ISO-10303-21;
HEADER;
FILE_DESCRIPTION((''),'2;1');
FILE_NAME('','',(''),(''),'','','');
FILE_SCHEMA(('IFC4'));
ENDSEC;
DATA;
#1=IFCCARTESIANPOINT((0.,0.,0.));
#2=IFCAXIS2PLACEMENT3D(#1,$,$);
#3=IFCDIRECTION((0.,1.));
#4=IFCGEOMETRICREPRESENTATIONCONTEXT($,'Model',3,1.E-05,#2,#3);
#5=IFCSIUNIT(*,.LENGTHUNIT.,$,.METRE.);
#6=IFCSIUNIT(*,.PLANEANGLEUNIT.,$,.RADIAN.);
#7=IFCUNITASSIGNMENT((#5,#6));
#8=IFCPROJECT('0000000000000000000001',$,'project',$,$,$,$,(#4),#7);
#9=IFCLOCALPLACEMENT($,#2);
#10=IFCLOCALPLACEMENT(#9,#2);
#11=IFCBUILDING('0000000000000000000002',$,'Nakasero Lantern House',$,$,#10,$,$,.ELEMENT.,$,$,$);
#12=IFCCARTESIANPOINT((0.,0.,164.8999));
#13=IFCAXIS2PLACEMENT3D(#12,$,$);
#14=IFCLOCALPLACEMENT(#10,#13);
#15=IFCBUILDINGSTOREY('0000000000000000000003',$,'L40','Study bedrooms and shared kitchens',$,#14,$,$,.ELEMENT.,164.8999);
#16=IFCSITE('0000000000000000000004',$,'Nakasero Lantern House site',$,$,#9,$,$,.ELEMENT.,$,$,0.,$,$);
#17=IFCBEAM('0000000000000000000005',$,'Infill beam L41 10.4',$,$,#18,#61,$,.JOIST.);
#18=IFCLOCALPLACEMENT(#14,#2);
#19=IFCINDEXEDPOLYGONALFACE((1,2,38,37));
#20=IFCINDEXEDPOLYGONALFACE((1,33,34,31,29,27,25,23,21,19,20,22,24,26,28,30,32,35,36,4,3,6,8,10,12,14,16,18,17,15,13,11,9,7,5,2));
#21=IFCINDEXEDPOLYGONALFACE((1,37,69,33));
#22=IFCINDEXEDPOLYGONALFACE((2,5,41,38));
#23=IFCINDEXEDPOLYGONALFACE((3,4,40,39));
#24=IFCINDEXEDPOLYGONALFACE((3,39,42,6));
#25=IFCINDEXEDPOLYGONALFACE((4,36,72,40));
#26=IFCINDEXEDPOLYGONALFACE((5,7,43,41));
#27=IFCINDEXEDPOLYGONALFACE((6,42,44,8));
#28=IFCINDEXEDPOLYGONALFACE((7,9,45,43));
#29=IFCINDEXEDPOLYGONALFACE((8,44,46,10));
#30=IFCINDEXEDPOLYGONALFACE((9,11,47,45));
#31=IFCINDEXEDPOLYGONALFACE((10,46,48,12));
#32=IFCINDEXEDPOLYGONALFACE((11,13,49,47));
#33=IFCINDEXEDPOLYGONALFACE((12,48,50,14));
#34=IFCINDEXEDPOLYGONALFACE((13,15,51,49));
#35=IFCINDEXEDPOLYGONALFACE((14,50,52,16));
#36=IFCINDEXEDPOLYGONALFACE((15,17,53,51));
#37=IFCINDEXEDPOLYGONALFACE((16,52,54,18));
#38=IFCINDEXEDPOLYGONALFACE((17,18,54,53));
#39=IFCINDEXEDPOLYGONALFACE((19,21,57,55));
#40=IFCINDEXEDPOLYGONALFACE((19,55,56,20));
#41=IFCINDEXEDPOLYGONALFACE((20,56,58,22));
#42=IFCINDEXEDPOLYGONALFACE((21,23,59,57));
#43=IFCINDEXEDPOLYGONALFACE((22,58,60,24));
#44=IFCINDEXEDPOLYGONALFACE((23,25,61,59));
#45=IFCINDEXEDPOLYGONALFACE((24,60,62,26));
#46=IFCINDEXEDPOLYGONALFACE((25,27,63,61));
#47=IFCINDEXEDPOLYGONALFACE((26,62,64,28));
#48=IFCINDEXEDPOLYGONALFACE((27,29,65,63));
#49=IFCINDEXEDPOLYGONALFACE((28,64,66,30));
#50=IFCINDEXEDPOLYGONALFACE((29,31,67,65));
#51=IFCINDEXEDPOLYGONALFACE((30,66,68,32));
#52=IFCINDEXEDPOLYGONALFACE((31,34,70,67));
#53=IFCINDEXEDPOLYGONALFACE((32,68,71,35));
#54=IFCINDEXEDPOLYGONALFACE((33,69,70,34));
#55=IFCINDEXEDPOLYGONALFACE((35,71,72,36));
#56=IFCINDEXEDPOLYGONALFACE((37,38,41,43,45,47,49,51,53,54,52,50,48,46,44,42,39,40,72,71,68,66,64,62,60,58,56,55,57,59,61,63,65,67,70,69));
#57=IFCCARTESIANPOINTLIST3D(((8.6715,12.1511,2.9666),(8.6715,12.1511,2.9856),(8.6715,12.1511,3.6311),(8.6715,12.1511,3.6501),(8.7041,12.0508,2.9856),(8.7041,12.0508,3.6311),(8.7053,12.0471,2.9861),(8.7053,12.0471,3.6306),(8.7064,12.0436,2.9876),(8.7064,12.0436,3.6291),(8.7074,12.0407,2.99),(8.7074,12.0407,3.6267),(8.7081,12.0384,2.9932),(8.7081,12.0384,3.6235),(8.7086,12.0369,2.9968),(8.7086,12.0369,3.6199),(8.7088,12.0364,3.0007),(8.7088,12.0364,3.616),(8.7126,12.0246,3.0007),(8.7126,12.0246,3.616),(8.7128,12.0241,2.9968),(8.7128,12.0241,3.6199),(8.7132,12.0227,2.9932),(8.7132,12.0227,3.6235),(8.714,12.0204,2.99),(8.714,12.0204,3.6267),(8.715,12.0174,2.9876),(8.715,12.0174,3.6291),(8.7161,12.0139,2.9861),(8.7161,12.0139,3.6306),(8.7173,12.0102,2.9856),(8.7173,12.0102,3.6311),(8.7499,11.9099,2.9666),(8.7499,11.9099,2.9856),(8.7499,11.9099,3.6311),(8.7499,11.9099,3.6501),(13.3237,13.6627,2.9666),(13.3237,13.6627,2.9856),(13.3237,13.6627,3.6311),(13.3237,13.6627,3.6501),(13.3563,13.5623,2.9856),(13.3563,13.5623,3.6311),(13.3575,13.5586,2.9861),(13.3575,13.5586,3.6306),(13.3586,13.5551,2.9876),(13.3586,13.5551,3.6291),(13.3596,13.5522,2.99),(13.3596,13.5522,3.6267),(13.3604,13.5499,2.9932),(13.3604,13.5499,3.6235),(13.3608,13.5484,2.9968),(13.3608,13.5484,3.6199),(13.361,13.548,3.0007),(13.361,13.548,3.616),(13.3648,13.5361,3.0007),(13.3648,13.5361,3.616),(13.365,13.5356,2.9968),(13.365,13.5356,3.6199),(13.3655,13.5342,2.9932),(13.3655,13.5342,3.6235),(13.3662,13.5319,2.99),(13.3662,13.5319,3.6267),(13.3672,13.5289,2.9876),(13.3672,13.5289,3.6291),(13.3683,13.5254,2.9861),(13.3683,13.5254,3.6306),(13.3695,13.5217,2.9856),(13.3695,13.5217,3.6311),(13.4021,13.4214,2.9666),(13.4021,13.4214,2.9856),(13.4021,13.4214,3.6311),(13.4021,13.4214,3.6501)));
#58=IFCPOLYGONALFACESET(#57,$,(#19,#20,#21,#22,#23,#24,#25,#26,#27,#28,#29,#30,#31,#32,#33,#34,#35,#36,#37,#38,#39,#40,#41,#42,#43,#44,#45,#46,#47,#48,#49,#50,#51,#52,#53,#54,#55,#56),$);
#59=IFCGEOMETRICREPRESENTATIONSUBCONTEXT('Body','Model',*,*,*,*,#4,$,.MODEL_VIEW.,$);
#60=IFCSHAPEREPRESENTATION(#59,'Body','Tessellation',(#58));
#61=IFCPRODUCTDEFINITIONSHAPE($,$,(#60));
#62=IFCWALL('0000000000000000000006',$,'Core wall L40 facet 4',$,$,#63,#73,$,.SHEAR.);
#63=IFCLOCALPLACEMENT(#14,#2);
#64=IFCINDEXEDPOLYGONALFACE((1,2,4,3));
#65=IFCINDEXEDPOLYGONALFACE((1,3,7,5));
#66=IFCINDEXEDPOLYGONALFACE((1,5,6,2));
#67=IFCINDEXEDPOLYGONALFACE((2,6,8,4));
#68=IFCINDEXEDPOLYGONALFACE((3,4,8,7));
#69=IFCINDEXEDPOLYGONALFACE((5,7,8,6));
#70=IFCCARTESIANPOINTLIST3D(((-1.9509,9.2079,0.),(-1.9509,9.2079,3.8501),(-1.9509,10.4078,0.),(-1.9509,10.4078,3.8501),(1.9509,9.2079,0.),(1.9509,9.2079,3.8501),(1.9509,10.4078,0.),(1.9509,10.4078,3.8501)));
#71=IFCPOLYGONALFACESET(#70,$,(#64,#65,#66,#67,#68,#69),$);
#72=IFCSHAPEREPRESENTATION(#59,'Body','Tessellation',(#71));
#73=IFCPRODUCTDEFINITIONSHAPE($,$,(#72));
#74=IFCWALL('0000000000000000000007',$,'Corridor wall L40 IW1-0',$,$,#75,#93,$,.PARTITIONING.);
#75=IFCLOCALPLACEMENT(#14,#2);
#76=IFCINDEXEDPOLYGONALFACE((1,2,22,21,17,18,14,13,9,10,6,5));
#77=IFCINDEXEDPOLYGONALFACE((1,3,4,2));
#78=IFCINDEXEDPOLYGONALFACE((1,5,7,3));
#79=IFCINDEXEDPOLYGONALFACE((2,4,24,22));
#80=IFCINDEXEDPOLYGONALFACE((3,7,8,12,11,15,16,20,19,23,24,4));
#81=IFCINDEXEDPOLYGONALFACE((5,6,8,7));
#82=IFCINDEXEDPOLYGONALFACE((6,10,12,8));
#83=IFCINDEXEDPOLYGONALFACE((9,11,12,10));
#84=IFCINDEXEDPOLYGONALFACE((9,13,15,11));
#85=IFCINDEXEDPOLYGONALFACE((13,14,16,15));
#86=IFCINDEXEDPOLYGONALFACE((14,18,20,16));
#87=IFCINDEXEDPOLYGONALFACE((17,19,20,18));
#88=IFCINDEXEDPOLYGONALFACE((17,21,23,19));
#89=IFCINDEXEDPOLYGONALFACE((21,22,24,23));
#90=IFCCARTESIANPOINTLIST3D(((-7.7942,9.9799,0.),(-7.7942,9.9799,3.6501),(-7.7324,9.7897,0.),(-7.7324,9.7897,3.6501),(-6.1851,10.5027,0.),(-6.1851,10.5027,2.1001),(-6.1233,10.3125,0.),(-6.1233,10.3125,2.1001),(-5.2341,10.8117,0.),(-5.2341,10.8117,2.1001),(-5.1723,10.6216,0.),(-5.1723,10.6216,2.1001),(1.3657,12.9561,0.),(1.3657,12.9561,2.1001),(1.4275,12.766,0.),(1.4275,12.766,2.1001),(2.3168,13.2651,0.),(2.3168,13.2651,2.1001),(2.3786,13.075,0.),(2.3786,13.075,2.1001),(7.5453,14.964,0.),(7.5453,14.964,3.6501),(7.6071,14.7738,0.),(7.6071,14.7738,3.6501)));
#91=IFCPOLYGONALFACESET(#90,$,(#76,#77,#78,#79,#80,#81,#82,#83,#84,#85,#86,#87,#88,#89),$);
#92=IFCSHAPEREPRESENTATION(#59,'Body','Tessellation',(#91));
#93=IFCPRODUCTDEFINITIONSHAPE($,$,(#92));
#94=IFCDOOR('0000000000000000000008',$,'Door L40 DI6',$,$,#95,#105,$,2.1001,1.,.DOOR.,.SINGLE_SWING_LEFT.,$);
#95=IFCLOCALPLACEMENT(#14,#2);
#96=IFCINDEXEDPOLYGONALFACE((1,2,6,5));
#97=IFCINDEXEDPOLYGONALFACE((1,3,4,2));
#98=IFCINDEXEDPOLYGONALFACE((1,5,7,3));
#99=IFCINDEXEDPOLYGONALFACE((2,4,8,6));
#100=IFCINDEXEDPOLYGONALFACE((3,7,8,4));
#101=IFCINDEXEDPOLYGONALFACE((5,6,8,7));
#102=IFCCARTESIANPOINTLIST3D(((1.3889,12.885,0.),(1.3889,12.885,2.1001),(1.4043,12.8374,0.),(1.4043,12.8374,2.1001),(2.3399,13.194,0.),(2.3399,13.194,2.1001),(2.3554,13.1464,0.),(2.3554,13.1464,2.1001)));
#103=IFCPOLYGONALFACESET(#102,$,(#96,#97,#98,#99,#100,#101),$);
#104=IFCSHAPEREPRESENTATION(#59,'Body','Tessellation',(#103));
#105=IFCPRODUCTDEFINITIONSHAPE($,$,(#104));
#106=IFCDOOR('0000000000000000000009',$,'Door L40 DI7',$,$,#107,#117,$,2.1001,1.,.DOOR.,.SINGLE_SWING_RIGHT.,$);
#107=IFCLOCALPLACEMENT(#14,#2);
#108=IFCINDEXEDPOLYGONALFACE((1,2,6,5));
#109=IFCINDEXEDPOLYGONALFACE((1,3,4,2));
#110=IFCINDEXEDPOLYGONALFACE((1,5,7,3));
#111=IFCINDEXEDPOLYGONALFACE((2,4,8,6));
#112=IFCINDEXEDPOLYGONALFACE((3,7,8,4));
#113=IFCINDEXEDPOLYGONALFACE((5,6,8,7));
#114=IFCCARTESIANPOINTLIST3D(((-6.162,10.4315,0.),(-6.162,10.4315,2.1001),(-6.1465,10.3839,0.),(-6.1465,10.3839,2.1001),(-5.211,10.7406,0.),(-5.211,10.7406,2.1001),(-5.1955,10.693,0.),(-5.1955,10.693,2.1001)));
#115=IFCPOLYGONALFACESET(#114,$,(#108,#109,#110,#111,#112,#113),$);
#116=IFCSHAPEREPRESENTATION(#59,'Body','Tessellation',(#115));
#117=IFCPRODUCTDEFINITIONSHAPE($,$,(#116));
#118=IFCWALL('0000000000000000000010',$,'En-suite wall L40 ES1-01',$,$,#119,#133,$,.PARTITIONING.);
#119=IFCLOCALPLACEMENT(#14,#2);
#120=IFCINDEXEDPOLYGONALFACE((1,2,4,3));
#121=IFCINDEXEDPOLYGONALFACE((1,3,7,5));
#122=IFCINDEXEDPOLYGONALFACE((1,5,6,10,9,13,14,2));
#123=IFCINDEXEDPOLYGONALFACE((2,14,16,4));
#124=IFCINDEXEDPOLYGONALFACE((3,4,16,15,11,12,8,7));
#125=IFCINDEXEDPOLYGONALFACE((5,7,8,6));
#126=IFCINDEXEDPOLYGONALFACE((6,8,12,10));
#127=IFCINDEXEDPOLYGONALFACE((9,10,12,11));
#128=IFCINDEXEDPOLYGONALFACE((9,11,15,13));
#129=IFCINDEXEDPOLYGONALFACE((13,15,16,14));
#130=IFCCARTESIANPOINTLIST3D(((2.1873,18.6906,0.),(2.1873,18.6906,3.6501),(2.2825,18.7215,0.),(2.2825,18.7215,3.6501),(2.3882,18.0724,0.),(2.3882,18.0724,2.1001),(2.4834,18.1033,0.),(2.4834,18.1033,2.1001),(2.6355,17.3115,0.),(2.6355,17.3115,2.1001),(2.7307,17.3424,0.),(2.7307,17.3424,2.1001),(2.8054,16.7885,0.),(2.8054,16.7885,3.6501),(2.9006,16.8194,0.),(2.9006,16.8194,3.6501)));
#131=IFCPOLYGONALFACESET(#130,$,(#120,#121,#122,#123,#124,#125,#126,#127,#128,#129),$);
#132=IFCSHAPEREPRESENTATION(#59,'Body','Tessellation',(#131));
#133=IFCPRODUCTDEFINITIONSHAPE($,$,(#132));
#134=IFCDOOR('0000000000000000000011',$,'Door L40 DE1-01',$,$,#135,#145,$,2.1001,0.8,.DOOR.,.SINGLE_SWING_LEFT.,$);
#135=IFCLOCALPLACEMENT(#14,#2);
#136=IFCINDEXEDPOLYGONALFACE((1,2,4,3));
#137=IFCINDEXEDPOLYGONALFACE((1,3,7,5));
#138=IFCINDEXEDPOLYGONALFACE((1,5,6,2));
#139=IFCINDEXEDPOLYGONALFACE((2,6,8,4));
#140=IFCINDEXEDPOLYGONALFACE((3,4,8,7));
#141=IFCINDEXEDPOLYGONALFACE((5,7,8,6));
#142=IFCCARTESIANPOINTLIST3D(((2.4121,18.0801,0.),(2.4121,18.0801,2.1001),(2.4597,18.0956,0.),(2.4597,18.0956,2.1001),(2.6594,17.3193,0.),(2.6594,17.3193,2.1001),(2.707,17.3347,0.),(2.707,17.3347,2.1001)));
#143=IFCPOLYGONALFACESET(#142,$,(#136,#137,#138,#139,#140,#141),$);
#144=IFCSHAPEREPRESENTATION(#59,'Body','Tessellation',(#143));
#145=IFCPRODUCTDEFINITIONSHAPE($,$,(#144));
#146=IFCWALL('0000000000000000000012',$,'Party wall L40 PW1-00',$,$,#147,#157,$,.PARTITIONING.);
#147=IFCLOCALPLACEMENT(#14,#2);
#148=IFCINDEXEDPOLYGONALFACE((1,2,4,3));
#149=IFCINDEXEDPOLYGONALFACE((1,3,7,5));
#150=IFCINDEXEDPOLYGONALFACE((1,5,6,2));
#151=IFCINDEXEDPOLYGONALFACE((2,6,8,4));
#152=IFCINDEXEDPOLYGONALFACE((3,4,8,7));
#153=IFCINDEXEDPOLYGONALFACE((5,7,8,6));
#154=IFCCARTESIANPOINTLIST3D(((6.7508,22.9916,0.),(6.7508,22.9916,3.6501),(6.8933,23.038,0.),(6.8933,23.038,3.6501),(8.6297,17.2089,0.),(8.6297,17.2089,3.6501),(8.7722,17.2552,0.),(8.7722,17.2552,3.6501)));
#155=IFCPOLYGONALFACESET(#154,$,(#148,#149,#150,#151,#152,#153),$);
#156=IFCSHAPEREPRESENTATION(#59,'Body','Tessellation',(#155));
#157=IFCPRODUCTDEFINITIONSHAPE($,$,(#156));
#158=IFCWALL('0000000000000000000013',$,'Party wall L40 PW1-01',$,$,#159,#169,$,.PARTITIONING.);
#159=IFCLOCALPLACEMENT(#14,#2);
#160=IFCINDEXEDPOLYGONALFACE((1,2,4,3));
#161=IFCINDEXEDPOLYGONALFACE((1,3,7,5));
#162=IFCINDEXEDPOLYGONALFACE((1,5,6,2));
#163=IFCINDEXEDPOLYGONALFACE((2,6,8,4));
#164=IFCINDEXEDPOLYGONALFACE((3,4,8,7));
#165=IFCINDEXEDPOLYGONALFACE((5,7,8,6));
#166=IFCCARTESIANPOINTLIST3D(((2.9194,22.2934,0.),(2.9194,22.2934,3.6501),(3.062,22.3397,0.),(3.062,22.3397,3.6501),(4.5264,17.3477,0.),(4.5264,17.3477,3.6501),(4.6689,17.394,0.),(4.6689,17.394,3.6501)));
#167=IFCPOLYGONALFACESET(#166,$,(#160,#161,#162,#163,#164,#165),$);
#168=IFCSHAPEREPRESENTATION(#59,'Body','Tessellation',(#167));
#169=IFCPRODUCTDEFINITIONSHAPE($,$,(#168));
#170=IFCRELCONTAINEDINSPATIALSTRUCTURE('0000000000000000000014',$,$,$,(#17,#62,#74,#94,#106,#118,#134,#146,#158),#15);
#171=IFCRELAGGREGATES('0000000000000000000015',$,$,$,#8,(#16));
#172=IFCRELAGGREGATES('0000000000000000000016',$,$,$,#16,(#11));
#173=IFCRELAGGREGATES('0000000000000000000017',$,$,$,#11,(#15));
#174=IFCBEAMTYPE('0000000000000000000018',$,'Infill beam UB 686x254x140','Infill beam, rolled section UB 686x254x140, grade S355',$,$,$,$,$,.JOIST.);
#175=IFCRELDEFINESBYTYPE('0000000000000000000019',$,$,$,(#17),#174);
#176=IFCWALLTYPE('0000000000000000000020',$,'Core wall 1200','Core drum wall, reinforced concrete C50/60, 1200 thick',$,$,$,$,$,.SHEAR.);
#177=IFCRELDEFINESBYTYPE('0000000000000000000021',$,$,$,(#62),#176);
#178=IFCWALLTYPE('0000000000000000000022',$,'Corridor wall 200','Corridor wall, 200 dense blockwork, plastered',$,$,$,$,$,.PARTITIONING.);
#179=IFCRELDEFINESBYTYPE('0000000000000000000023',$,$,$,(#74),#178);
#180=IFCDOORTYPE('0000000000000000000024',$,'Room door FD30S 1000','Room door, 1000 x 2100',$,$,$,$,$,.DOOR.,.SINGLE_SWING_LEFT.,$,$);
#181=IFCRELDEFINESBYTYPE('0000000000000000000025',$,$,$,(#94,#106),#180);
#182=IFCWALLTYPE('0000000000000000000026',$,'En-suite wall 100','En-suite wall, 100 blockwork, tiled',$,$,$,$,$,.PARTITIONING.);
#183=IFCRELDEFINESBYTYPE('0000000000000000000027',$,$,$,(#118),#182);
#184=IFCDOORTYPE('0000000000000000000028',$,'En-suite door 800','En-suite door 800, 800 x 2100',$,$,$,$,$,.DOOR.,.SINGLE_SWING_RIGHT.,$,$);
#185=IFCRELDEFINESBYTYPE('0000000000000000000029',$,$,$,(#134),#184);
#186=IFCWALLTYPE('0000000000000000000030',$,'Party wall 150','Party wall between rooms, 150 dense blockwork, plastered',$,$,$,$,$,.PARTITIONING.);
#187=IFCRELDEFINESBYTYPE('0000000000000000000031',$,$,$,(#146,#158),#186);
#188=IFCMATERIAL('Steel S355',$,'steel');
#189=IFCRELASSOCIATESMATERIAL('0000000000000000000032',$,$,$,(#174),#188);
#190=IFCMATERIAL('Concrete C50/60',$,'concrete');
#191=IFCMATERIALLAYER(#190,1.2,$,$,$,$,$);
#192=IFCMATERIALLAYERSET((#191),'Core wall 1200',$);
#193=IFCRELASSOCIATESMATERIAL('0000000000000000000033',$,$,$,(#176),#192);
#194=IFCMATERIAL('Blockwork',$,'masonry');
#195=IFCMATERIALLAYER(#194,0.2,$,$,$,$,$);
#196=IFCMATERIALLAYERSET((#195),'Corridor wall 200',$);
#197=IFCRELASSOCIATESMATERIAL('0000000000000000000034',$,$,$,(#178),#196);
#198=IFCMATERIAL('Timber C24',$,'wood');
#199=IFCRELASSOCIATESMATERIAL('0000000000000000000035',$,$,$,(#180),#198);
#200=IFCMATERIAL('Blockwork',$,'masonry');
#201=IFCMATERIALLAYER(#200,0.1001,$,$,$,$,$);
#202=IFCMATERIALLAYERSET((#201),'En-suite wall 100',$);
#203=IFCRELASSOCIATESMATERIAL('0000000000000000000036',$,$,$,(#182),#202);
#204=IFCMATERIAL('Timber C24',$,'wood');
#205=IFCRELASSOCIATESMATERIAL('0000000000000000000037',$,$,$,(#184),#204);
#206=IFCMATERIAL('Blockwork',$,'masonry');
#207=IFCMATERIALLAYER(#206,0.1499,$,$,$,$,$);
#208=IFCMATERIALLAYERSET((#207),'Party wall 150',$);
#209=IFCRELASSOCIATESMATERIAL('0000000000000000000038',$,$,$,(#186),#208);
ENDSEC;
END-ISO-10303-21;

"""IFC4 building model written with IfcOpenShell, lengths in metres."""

from ifc_helpers import new_model, si_unit, direction, frame, frame_2d, origin, origin_2d, place, context, subcontext, project, spatial, rectangle, i_section, extrude, material, layer, layer_set, material_profile, profile_set, type_object, element, fill, save


model = new_model("IFC4")

# Units and contexts
model_context = context("Model", 3, precision=1e-05, world=origin(), true_north=direction((0.0, 1.0)))
body_context = subcontext(model_context, "Body", "Model", "MODEL_VIEW")
ifc_project = project(units=[si_unit("LENGTHUNIT", "METRE"), si_unit("PLANEANGLEUNIT", "RADIAN")], contexts=[model_context])

# Site, building, storey
site_placement = place(None, origin())
site = spatial("IfcSite", under=ifc_project, at=site_placement, Name="Nakasero Lantern House site", CompositionType="ELEMENT", RefElevation=0.0)
building_placement = place(site_placement, origin())
building = spatial("IfcBuilding", under=site, at=building_placement, Name="Nakasero Lantern House", CompositionType="ELEMENT")
storey_placement = place(building_placement, frame((0.0, 0.0, 164.8999)))
storey = spatial("IfcBuildingStorey", under=building, at=storey_placement, Name="L40", Description="Study bedrooms and shared kitchens", CompositionType="ELEMENT", Elevation=164.8999)

# Beam
ifc_material_1 = material(Name="Steel S355", Category="steel")
ifc_material_profile_1 = material_profile(ifc_material_1, i_section(OverallWidth=0.2537, OverallDepth=0.6836, WebThickness=0.0125, FlangeThickness=0.019, FilletRadius=0.0151, at=origin_2d()), Name="UB 686x254x140")
ifc_profile_set_1 = profile_set([ifc_material_profile_1], Name="Steel S355")
beam_type_1 = type_object("IfcBeamType", Name="Infill beam UB 686x254x140", Description="Infill beam, rolled section UB 686x254x140, grade S355", PredefinedType="JOIST", material=ifc_profile_set_1)
beam_1_placement = place(storey_placement, frame((8.7107, 12.0305, 3.3083), z_axis=(0.951062, 0.309001, 0.0), x_axis=(-0.309001, 0.951062, 0.0)))
element("IfcBeam", 1, at=beam_1_placement, inside=storey, type_object=beam_type_1, Name="Infill beam L41 10.4", PredefinedType="JOIST", context=body_context, shape_type="SweptSolid", body=[
    extrude(i_section(OverallWidth=0.2537, OverallDepth=0.6836, WebThickness=0.0125, FlangeThickness=0.019, FilletRadius=0.0151, at=origin_2d()), origin(), (0.0, 0.0, 1.0), 4.8916),
])

# Wall
ifc_material_2 = material(Name="Concrete C50/60", Category="concrete")
ifc_layer_1 = layer(ifc_material_2, 1.2)
ifc_layer_set_1 = layer_set([ifc_layer_1], Name="Core wall 1200")
wall_type_1 = type_object("IfcWallType", Name="Core wall 1200", Description="Core drum wall, reinforced concrete C50/60, 1200 thick", PredefinedType="SHEAR", material=ifc_layer_set_1)
wall_1_placement = place(storey_placement, frame((1.9509, 9.8079, 0.0), z_axis=(0.0, 0.0, 1.0), x_axis=(-1.0, 0.0, 0.0)))
element("IfcWall", 2, at=wall_1_placement, inside=storey, type_object=wall_type_1, Name="Core wall L40 facet 4", PredefinedType="SHEAR", context=body_context, shape_type="SweptSolid", body=[
    extrude(rectangle(XDim=3.9019, YDim=1.2, at=frame_2d((1.9509, 0.0))), origin(), (0.0, 0.0, 1.0), 3.8501),
])

# Wall, openings, doors
ifc_material_3 = material(Name="Blockwork", Category="masonry")
ifc_layer_2 = layer(ifc_material_3, 0.2)
ifc_layer_set_2 = layer_set([ifc_layer_2], Name="Corridor wall 200")
wall_type_2 = type_object("IfcWallType", Name="Corridor wall 200", Description="Corridor wall, 200 dense blockwork, plastered", PredefinedType="PARTITIONING", material=ifc_layer_set_2)
wall_2_placement = place(storey_placement, frame((7.5762, 14.8689, 0.0), z_axis=(0.0, 0.0, 1.0), x_axis=(-0.951057, -0.309017, 0.0)))
wall_2 = element("IfcWall", 3, at=wall_2_placement, inside=storey, type_object=wall_type_2, Name="Corridor wall L40 IW1-0", PredefinedType="PARTITIONING", context=body_context, shape_type="SweptSolid", body=[
    extrude(rectangle(XDim=16.1289, YDim=0.2, at=frame_2d((8.0645, 0.0))), origin(), (0.0, 0.0, 1.0), 3.6501),
])
opening_1_placement = place(wall_2_placement, frame((5.4976, 0.0, 0.0)))
opening_1 = element("IfcOpeningElement", 4, at=opening_1_placement, cuts=wall_2, PredefinedType="OPENING", context=body_context, shape_type="SweptSolid", body=[
    extrude(rectangle(XDim=1.0, YDim=2.1001, at=frame_2d((0.5, 1.05))), frame((0.0, 0.1199, 0.0), z_axis=(0.0, -1.0, 0.0), x_axis=(1.0, 0.0, 0.0)), (0.0, 0.0, 1.0), 0.24),
])
opening_2_placement = place(wall_2_placement, frame((13.437, 0.0, 0.0)))
opening_2 = element("IfcOpeningElement", 5, at=opening_2_placement, cuts=wall_2, PredefinedType="OPENING", context=body_context, shape_type="SweptSolid", body=[
    extrude(rectangle(XDim=1.0, YDim=2.1001, at=frame_2d((0.5, 1.05))), frame((0.0, 0.1199, 0.0), z_axis=(0.0, -1.0, 0.0), x_axis=(1.0, 0.0, 0.0)), (0.0, 0.0, 1.0), 0.24),
])
ifc_material_4 = material(Name="Timber C24", Category="wood")
door_type_1 = type_object("IfcDoorType", Name="Room door FD30S 1000", Description="Room door, 1000 x 2100", OperationType="SINGLE_SWING_LEFT", PredefinedType="DOOR", material=ifc_material_4)
door_1_placement = place(opening_1_placement, origin())
door_1 = element("IfcDoor", 6, at=door_1_placement, inside=storey, type_object=door_type_1, Name="Door L40 DI6", OperationType="SINGLE_SWING_LEFT", OverallHeight=2.1001, OverallWidth=1.0, PredefinedType="DOOR", context=body_context, shape_type="SweptSolid", body=[
    extrude(rectangle(XDim=1.0, YDim=2.1001, at=frame_2d((0.5, 1.05))), frame((0.0, 0.0249, 0.0), z_axis=(0.0, -1.0, 0.0), x_axis=(1.0, 0.0, 0.0)), (0.0, 0.0, 1.0), 0.05),
])
fill(opening_1, door_1)
door_2_placement = place(opening_2_placement, origin())
door_2 = element("IfcDoor", 7, at=door_2_placement, inside=storey, type_object=door_type_1, Name="Door L40 DI7", OperationType="SINGLE_SWING_RIGHT", OverallHeight=2.1001, OverallWidth=1.0, PredefinedType="DOOR", context=body_context, shape_type="SweptSolid", body=[
    extrude(rectangle(XDim=1.0, YDim=2.1001, at=frame_2d((0.5, 1.05))), frame((0.0, 0.0249, 0.0), z_axis=(0.0, -1.0, 0.0), x_axis=(1.0, 0.0, 0.0)), (0.0, 0.0, 1.0), 0.05),
])
fill(opening_2, door_2)

# Wall, opening, door
ifc_material_5 = material(Name="Blockwork", Category="masonry")
ifc_layer_3 = layer(ifc_material_5, 0.1001)
ifc_layer_set_3 = layer_set([ifc_layer_3], Name="En-suite wall 100")
wall_type_3 = type_object("IfcWallType", Name="En-suite wall 100", Description="En-suite wall, 100 blockwork, tiled", PredefinedType="PARTITIONING", material=ifc_layer_set_3)
wall_3_placement = place(storey_placement, frame((2.853, 16.804, 0.0), z_axis=(0.0, 0.0, 1.0), x_axis=(-0.309078, 0.951037, 0.0)))
wall_3 = element("IfcWall", 8, at=wall_3_placement, inside=storey, type_object=wall_type_3, Name="En-suite wall L40 ES1-01", PredefinedType="PARTITIONING", context=body_context, shape_type="SweptSolid", body=[
    extrude(rectangle(XDim=2.0, YDim=0.1001, at=frame_2d((1.0, 0.0))), origin(), (0.0, 0.0, 1.0), 3.6501),
])
opening_3_placement = place(wall_3_placement, frame((0.55, 0.0, 0.0)))
opening_3 = element("IfcOpeningElement", 9, at=opening_3_placement, cuts=wall_3, PredefinedType="OPENING", context=body_context, shape_type="SweptSolid", body=[
    extrude(rectangle(XDim=0.8, YDim=2.1001, at=frame_2d((0.3999, 1.05))), frame((0.0, 0.0701, 0.0), z_axis=(0.0, -1.0, 0.0), x_axis=(1.0, 0.0, 0.0)), (0.0, 0.0, 1.0), 0.1401),
])
ifc_material_6 = material(Name="Timber C24", Category="wood")
door_type_2 = type_object("IfcDoorType", Name="En-suite door 800", Description="En-suite door 800, 800 x 2100", OperationType="SINGLE_SWING_RIGHT", PredefinedType="DOOR", material=ifc_material_6)
door_3_placement = place(opening_3_placement, origin())
door_3 = element("IfcDoor", 10, at=door_3_placement, inside=storey, type_object=door_type_2, Name="Door L40 DE1-01", OperationType="SINGLE_SWING_LEFT", OverallHeight=2.1001, OverallWidth=0.8, PredefinedType="DOOR", context=body_context, shape_type="SweptSolid", body=[
    extrude(rectangle(XDim=0.8, YDim=2.1001, at=frame_2d((0.3999, 1.05))), frame((0.0, 0.0249, 0.0), z_axis=(0.0, -1.0, 0.0), x_axis=(1.0, 0.0, 0.0)), (0.0, 0.0, 1.0), 0.05),
])
fill(opening_3, door_3)

# Walls
ifc_material_7 = material(Name="Blockwork", Category="masonry")
ifc_layer_4 = layer(ifc_material_7, 0.1499)
ifc_layer_set_4 = layer_set([ifc_layer_4], Name="Party wall 150")
wall_type_4 = type_object("IfcWallType", Name="Party wall 150", Description="Party wall between rooms, 150 dense blockwork, plastered", PredefinedType="PARTITIONING", material=ifc_layer_set_4)
wall_4_placement = place(storey_placement, frame((8.7009, 17.2322, 0.0), z_axis=(0.0, 0.0, 1.0), x_axis=(-0.309015, 0.951057, 0.0)))
element("IfcWall", 11, at=wall_4_placement, inside=storey, type_object=wall_type_4, Name="Party wall L40 PW1-00", PredefinedType="PARTITIONING", context=body_context, shape_type="SweptSolid", body=[
    extrude(rectangle(XDim=6.0803, YDim=0.1499, at=frame_2d((3.04, 0.0))), origin(), (0.0, 0.0, 1.0), 3.6501),
])
for number, where, z_axis, x_axis, name in (
    (12, (4.5977, 17.3708, 0.0), (0.0, 0.0, 1.0), (-0.309021, 0.951055, 0.0), "Party wall L40 PW1-01"),
):
    element("IfcWall", number, at=place(storey_placement, frame(where, z_axis=z_axis, x_axis=x_axis)), inside=storey, type_object=wall_type_4, Name=name, PredefinedType="PARTITIONING", context=body_context, shape_type="SweptSolid", body=[
        extrude(rectangle(XDim=5.2002, YDim=0.1499, at=frame_2d((2.6001, 0.0))), origin(), (0.0, 0.0, 1.0), 3.6501),
    ])

save(model, "model.ifc")
